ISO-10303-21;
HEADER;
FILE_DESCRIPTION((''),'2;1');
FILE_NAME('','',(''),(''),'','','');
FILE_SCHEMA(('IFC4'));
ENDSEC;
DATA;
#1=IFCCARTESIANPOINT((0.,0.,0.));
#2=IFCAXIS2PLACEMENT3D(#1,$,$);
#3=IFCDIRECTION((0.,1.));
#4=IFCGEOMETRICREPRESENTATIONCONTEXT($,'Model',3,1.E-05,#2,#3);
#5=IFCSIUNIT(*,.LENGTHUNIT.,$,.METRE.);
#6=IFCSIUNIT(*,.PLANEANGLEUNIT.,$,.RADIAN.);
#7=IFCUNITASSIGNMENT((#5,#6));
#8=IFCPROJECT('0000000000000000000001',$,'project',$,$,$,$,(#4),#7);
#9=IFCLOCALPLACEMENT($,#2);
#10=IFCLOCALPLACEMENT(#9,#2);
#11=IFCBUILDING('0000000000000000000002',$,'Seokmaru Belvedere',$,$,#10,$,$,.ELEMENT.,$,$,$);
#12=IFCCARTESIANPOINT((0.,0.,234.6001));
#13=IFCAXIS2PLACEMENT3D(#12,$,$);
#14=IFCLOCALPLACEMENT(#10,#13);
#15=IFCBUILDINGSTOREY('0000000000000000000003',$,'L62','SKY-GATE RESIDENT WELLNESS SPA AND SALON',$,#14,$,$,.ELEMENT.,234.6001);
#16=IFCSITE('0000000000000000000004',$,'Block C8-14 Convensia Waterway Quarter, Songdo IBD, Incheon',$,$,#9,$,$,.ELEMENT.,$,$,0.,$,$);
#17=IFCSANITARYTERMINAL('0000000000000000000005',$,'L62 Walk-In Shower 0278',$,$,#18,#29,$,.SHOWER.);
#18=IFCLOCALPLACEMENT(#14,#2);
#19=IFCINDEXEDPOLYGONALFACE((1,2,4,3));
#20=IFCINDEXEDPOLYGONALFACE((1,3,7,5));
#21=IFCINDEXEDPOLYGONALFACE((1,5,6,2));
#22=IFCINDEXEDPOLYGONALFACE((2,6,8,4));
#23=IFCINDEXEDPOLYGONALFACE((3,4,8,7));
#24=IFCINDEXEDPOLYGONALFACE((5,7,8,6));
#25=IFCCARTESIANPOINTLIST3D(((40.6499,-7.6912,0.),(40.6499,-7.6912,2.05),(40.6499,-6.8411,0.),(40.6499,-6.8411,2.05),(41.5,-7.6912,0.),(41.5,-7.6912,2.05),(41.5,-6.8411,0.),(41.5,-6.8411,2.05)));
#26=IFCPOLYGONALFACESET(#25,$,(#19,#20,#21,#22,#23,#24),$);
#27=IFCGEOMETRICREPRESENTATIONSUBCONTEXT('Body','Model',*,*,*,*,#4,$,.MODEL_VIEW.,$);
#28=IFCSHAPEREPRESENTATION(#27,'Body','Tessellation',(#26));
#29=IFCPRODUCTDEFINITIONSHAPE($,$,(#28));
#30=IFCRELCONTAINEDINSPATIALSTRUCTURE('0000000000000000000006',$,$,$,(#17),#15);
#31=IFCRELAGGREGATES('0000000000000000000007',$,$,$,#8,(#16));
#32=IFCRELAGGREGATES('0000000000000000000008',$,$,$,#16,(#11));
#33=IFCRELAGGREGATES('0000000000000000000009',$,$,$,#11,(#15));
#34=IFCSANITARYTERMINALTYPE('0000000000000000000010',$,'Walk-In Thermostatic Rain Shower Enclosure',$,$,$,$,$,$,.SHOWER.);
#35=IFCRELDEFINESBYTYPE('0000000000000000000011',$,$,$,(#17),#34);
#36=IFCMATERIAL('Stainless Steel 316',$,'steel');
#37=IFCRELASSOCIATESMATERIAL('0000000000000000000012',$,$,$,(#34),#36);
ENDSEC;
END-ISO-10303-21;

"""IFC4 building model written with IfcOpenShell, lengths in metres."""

from ifc_helpers import new_model, si_unit, direction, frame, origin, origin_2d, place, context, subcontext, project, spatial, rectangle, extrude, source, transform, mapped, material, type_object, type_shapes, element, save


model = new_model("IFC4")

# Units and contexts
model_context = context("Model", 3, precision=1e-05, world=origin(), true_north=direction((0.0, 1.0)))
body_context = subcontext(model_context, "Body", "Model", "MODEL_VIEW")
ifc_project = project(units=[si_unit("LENGTHUNIT", "METRE"), si_unit("PLANEANGLEUNIT", "RADIAN")], contexts=[model_context])

# Site, building, storey
site_placement = place(None, origin())
site = spatial("IfcSite", under=ifc_project, at=site_placement, Name="Block C8-14 Convensia Waterway Quarter, Songdo IBD, Incheon", CompositionType="ELEMENT", RefElevation=0.0)
building_placement = place(site_placement, origin())
building = spatial("IfcBuilding", under=site, at=building_placement, Name="Seokmaru Belvedere", CompositionType="ELEMENT")
storey_placement = place(building_placement, frame((0.0, 0.0, 234.6001)))
storey = spatial("IfcBuildingStorey", under=building, at=storey_placement, Name="L62", Description="SKY-GATE RESIDENT WELLNESS SPA AND SALON", CompositionType="ELEMENT", Elevation=234.6001)

# Shared definitions
ifc_material_1 = material(Name="Stainless Steel 316", Category="steel")

# Sanitary terminal
sanitary_terminal_type_1 = type_object("IfcSanitaryTerminalType", Name="Walk-In Thermostatic Rain Shower Enclosure", PredefinedType="SHOWER", material=ifc_material_1)
shared_shape_1 = source(origin(), body_context, "Body", "SweptSolid", [
    extrude(rectangle(XDim=0.8501, YDim=0.8501, at=origin_2d()), origin(), (0.0, 0.0, 1.0), 2.05),
])
type_shapes(sanitary_terminal_type_1, [shared_shape_1])
sanitary_terminal_1_placement = place(storey_placement, frame((41.075, -7.2661, 0.0), z_axis=(0.0, 0.0, 1.0), x_axis=(1.0, 0.0, 0.0)))
element("IfcSanitaryTerminal", 1, at=sanitary_terminal_1_placement, inside=storey, type_object=sanitary_terminal_type_1, Name="L62 Walk-In Shower 0278", PredefinedType="SHOWER", context=body_context, shape_type="MappedRepresentation", body=[
    mapped(shared_shape_1, transform((0.0, 0.0, 0.0), scale=1.0)),
])

save(model, "model.ifc")
